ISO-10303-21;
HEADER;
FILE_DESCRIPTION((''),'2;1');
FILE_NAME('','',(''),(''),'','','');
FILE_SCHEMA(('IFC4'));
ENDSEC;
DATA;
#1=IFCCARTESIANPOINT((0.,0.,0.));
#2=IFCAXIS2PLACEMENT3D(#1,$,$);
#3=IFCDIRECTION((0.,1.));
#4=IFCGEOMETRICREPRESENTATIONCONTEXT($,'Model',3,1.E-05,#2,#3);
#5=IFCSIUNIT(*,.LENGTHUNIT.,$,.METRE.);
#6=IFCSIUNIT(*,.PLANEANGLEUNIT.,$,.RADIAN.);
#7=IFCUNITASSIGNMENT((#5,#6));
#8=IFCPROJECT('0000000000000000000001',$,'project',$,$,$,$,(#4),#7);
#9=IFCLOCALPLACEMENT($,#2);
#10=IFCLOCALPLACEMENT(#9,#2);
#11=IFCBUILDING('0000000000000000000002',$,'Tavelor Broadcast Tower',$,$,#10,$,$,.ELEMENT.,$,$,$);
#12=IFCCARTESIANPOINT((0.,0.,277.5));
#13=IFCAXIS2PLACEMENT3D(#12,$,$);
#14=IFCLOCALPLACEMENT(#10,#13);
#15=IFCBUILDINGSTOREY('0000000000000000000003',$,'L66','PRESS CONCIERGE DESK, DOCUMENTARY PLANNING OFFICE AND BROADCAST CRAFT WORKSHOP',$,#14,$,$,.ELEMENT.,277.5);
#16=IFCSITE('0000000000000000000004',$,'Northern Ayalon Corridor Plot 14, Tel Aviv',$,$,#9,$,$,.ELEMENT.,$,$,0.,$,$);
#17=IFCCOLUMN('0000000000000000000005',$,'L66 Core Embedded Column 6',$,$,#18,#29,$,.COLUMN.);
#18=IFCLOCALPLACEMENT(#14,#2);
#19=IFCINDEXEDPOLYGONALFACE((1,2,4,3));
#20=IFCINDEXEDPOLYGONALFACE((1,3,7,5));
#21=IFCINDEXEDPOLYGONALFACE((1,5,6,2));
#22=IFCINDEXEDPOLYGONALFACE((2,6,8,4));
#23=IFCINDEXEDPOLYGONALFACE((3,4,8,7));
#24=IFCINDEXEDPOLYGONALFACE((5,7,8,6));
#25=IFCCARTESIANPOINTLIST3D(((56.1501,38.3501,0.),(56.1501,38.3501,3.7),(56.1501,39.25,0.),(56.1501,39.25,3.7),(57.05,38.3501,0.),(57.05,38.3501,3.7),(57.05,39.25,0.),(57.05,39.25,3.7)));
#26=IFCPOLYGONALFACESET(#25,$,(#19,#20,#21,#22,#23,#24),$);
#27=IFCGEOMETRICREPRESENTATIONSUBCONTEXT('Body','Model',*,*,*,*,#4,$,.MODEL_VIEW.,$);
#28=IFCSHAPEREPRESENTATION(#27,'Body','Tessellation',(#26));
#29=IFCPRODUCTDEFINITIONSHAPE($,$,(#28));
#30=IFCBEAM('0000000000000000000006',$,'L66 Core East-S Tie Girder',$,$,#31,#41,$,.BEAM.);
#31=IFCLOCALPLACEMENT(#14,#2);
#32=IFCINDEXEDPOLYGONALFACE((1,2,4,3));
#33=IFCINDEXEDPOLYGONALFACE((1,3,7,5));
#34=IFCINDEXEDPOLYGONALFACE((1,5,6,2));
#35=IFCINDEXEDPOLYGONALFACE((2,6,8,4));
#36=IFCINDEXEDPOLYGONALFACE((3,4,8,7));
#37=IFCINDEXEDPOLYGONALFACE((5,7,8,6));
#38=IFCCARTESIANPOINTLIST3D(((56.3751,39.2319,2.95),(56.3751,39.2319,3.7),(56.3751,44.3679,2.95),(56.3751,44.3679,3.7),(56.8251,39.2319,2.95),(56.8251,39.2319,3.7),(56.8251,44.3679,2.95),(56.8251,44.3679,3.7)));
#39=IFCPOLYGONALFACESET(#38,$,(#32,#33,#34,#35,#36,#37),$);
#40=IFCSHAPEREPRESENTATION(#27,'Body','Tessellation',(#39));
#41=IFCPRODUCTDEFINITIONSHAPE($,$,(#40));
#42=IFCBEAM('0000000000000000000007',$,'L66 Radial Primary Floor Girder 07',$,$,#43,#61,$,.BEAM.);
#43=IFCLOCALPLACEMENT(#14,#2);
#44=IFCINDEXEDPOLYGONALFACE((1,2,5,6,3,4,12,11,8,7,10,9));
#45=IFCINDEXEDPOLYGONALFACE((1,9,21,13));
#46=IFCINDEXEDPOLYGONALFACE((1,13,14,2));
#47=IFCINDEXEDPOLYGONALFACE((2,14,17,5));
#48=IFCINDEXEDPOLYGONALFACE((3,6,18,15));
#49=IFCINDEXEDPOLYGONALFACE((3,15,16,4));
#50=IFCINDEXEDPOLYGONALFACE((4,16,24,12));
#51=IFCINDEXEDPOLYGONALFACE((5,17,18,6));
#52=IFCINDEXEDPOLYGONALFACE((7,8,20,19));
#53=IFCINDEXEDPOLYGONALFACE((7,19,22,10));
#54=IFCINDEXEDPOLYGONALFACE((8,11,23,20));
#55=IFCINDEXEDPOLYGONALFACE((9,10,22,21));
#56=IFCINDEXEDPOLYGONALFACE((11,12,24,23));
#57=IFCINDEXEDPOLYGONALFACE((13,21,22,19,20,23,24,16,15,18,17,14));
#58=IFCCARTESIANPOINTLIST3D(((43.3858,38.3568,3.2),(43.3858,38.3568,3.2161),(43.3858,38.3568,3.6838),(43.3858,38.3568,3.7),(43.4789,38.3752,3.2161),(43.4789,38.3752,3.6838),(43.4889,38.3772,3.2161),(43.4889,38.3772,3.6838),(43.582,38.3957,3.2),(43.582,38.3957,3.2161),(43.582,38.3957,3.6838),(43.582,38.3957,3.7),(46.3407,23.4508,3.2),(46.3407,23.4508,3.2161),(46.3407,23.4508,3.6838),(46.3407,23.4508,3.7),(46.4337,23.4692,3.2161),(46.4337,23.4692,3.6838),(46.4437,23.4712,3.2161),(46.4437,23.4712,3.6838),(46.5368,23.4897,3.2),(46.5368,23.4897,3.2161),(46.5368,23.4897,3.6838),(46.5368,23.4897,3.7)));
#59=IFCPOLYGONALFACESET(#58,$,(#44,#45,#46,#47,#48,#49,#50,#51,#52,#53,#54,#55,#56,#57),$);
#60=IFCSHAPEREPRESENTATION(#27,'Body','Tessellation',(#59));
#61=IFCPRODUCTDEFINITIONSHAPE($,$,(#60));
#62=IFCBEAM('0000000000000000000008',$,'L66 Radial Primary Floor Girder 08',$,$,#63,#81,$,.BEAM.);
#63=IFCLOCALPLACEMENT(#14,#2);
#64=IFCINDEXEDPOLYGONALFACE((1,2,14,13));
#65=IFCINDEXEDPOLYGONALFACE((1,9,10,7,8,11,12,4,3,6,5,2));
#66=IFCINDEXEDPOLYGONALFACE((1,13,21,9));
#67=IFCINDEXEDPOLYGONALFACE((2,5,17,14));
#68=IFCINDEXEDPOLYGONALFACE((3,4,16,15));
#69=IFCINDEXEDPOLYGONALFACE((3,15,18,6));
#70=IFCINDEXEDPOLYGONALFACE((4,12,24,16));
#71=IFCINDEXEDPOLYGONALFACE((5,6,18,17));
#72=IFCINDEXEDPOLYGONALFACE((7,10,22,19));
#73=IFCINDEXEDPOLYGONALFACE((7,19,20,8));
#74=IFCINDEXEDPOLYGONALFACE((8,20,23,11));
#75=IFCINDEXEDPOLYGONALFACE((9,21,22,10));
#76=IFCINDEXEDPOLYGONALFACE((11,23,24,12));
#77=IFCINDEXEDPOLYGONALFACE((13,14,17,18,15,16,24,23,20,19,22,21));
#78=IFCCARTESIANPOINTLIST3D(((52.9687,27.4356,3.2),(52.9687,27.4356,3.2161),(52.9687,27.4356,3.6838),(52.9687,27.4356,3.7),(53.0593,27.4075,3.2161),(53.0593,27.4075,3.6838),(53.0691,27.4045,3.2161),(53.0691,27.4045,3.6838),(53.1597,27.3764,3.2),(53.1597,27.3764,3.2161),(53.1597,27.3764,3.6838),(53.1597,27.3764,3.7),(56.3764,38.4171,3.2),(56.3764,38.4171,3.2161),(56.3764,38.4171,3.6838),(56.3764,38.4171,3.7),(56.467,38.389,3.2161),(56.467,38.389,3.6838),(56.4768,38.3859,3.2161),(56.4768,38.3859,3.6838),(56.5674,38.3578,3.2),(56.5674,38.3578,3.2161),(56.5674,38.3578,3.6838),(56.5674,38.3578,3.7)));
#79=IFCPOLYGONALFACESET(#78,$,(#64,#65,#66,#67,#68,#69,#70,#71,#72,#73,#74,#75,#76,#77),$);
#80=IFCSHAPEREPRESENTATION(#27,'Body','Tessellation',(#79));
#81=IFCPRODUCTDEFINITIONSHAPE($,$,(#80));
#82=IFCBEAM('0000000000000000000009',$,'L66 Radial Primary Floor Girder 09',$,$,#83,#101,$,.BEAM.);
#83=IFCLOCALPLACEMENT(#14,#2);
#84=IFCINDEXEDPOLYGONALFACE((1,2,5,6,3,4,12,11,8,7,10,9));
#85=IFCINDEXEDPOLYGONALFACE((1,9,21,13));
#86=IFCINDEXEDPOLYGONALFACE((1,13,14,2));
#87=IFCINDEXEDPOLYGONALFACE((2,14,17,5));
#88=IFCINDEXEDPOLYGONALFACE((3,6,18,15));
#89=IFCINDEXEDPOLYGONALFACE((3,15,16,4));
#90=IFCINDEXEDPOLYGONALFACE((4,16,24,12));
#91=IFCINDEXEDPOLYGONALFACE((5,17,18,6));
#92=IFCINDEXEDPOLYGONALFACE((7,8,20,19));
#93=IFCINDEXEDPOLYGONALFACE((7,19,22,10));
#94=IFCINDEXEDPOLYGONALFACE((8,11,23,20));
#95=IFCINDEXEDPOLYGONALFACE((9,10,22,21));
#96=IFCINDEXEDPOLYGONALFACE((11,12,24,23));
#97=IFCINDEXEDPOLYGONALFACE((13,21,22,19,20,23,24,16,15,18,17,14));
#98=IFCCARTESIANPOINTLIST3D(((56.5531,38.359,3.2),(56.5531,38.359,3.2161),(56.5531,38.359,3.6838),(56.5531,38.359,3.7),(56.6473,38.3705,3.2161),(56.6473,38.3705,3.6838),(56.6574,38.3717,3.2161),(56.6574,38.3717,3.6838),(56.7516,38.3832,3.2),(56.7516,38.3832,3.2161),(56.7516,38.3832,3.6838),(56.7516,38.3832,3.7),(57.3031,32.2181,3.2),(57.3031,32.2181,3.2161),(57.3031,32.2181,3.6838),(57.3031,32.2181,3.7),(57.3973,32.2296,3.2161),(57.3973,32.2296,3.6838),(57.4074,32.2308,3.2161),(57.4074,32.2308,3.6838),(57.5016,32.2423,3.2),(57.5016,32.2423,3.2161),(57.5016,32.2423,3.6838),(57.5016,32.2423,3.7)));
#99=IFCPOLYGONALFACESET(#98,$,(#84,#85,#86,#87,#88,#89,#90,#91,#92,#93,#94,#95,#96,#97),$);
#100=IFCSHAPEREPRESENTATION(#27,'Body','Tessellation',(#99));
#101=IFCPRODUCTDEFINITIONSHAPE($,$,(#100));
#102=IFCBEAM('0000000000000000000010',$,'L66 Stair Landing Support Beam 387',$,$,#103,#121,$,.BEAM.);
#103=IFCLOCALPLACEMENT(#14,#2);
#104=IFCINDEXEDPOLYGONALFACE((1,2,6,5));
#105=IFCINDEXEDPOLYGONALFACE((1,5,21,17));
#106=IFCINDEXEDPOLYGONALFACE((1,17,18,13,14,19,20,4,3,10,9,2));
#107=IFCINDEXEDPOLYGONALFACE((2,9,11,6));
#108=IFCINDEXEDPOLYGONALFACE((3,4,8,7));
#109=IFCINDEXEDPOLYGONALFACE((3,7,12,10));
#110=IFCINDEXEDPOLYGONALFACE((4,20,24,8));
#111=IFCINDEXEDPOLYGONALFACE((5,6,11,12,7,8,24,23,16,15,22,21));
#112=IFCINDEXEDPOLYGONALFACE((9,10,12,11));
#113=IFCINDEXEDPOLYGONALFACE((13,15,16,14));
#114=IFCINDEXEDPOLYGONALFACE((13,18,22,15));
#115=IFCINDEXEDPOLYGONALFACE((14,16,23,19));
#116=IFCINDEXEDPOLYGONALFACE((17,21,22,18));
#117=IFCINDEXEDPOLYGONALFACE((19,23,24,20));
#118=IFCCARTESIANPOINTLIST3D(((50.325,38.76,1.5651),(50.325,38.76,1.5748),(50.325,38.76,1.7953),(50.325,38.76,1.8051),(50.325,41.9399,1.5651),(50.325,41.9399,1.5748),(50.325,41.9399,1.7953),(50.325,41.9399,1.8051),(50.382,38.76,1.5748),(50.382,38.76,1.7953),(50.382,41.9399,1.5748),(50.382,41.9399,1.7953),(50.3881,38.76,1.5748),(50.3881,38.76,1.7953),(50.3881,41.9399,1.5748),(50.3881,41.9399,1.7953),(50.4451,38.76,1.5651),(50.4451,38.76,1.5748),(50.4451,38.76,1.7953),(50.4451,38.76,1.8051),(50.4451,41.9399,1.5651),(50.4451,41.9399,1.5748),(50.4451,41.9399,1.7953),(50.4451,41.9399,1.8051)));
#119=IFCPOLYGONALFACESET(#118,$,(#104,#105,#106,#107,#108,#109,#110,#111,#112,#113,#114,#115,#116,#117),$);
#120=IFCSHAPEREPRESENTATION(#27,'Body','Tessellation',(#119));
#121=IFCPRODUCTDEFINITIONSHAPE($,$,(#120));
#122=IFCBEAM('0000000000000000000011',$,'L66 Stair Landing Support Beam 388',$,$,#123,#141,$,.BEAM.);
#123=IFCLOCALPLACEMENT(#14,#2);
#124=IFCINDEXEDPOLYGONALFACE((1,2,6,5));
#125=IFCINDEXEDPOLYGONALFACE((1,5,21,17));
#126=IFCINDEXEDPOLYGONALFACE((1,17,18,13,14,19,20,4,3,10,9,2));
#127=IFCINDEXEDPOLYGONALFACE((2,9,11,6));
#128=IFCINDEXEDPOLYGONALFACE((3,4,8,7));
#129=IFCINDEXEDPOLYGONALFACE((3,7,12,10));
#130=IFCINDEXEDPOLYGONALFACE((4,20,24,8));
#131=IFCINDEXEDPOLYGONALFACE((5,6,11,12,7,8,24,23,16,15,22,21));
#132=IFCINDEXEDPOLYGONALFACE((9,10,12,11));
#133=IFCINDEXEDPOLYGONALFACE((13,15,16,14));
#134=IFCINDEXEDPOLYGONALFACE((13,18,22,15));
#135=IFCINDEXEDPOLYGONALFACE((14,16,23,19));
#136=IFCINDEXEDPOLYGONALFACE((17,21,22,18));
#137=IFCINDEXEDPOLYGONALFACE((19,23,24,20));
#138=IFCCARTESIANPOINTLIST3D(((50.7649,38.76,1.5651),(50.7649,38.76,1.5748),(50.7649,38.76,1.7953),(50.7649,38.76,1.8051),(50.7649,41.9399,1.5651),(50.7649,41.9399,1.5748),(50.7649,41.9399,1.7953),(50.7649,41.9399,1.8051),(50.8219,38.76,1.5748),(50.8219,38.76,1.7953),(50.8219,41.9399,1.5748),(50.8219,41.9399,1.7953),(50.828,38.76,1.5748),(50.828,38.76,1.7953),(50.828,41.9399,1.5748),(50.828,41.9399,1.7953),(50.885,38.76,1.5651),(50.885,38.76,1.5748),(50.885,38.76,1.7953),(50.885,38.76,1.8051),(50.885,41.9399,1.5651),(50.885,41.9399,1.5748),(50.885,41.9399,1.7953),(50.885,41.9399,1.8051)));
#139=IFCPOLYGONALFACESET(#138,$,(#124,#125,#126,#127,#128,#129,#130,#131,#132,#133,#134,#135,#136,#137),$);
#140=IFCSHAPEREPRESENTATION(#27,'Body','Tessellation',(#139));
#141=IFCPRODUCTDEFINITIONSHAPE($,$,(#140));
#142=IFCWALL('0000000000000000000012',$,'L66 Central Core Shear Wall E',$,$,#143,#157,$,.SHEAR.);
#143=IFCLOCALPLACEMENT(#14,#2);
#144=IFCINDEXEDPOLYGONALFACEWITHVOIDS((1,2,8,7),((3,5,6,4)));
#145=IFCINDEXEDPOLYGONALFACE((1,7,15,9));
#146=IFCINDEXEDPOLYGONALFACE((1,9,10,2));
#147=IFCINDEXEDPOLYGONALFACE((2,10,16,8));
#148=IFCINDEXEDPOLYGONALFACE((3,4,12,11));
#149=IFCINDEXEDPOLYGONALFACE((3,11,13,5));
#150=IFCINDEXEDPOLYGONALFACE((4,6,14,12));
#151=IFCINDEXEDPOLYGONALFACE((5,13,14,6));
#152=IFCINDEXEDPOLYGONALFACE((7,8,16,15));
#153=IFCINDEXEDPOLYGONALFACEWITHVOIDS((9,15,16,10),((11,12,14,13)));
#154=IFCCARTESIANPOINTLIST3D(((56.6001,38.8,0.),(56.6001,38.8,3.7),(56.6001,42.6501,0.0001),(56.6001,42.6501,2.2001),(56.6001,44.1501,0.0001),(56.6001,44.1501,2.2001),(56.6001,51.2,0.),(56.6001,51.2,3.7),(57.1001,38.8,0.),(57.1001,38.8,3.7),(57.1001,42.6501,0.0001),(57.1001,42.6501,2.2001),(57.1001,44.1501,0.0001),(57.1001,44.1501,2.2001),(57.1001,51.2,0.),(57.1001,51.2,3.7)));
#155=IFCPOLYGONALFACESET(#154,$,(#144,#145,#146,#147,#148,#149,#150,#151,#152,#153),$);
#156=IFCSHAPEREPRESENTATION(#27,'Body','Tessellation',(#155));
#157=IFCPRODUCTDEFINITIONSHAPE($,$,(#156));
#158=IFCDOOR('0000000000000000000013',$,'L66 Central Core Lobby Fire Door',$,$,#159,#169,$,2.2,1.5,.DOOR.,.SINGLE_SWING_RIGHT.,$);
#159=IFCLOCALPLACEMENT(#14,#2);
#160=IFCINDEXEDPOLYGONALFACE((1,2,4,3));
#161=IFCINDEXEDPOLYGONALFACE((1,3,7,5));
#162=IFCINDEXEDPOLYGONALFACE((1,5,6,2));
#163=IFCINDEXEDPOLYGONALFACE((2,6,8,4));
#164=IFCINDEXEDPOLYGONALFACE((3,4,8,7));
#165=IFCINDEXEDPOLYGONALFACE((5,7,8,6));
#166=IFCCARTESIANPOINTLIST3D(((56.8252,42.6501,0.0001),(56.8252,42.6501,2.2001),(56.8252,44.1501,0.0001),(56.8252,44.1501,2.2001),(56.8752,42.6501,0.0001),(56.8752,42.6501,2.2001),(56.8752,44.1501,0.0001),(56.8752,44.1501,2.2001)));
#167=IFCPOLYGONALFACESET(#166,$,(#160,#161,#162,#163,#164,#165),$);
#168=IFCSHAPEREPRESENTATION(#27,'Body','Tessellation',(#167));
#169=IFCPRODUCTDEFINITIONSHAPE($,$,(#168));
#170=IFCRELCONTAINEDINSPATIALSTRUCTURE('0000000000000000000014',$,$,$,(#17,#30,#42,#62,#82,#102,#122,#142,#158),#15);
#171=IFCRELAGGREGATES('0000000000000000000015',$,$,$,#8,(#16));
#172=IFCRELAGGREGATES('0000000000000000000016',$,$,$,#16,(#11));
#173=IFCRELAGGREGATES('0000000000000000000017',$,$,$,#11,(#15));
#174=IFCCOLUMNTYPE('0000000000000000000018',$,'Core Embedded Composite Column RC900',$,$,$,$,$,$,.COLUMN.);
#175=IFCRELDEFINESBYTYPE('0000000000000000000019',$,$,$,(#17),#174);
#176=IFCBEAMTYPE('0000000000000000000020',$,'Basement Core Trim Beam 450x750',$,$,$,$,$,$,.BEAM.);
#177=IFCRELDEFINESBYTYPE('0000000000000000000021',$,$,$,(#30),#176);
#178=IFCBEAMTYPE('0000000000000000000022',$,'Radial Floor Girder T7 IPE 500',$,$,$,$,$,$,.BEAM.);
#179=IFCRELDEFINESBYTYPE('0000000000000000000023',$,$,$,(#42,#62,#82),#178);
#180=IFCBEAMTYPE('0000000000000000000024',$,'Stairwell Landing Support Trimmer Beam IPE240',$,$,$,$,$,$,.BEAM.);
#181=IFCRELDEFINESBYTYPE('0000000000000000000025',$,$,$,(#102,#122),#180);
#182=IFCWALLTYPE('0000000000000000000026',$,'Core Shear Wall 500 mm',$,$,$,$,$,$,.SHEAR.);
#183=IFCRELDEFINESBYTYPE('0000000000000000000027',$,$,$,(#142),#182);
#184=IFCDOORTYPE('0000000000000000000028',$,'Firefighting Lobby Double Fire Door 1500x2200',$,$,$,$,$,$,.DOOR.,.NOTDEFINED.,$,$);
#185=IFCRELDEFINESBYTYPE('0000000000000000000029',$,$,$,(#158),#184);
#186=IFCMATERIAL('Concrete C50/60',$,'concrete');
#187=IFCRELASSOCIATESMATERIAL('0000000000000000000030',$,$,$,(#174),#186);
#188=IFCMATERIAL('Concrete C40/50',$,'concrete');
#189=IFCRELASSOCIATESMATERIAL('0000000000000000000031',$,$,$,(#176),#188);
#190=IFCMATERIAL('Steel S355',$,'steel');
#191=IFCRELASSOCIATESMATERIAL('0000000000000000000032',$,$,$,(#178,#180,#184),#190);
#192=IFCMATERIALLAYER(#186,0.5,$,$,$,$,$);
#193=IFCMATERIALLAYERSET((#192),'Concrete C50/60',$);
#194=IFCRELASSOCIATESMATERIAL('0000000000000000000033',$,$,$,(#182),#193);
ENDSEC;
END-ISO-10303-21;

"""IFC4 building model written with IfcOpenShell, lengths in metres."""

from ifc_helpers import new_model, si_unit, direction, frame, frame_2d, origin, origin_2d, place, context, subcontext, project, spatial, rectangle, i_section, extrude, material, layer, layer_set, material_profile, profile_set, type_object, element, fill, save


model = new_model("IFC4")

# Units and contexts
model_context = context("Model", 3, precision=1e-05, world=origin(), true_north=direction((0.0, 1.0)))
body_context = subcontext(model_context, "Body", "Model", "MODEL_VIEW")
ifc_project = project(units=[si_unit("LENGTHUNIT", "METRE"), si_unit("PLANEANGLEUNIT", "RADIAN")], contexts=[model_context])

# Site, building, storey
site_placement = place(None, origin())
site = spatial("IfcSite", under=ifc_project, at=site_placement, Name="Northern Ayalon Corridor Plot 14, Tel Aviv", CompositionType="ELEMENT", RefElevation=0.0)
building_placement = place(site_placement, origin())
building = spatial("IfcBuilding", under=site, at=building_placement, Name="Tavelor Broadcast Tower", CompositionType="ELEMENT")
storey_placement = place(building_placement, frame((0.0, 0.0, 277.5)))
storey = spatial("IfcBuildingStorey", under=building, at=storey_placement, Name="L66", Description="PRESS CONCIERGE DESK, DOCUMENTARY PLANNING OFFICE AND BROADCAST CRAFT WORKSHOP", CompositionType="ELEMENT", Elevation=277.5)

# Column
ifc_material_1 = material(Name="Concrete C50/60", Category="concrete")
ifc_material_profile_1 = material_profile(ifc_material_1, rectangle(XDim=0.8999, YDim=0.8999, at=origin_2d()), Name="RC 900x900")
ifc_profile_set_1 = profile_set([ifc_material_profile_1], Name="Concrete C50/60")
column_type = type_object("IfcColumnType", Name="Core Embedded Composite Column RC900", PredefinedType="COLUMN", material=ifc_profile_set_1)
column_placement = place(storey_placement, frame((56.6001, 38.8, 0.0), z_axis=(0.0, 0.0, 1.0), x_axis=(1.0, 0.0, 0.0)))
element("IfcColumn", 1, at=column_placement, inside=storey, type_object=column_type, Name="L66 Core Embedded Column 6", PredefinedType="COLUMN", context=body_context, shape_type="SweptSolid", body=[
    extrude(rectangle(XDim=0.8999, YDim=0.8999, at=origin_2d()), origin(), (0.0, 0.0, 1.0), 3.7),
])

# Beams
ifc_material_2 = material(Name="Concrete C40/50", Category="concrete")
ifc_material_profile_2 = material_profile(ifc_material_2, rectangle(XDim=0.45, YDim=0.75, at=origin_2d()), Name="RC 450x750")
ifc_profile_set_2 = profile_set([ifc_material_profile_2], Name="Concrete C40/50")
beam_type_1 = type_object("IfcBeamType", Name="Basement Core Trim Beam 450x750", PredefinedType="BEAM", material=ifc_profile_set_2)
beam_1_placement = place(storey_placement, frame((56.6001, 39.2319, 3.325), z_axis=(0.0, 1.0, 0.0), x_axis=(-1.0, 0.0, 0.0)))
element("IfcBeam", 2, at=beam_1_placement, inside=storey, type_object=beam_type_1, Name="L66 Core East-S Tie Girder", PredefinedType="BEAM", context=body_context, shape_type="SweptSolid", body=[
    extrude(rectangle(XDim=0.45, YDim=0.75, at=origin_2d()), origin(), (0.0, 0.0, 1.0), 5.136),
])
ifc_material_3 = material(Name="Steel S355", Category="steel")
ifc_material_profile_3 = material_profile(ifc_material_3, i_section(OverallWidth=0.2, OverallDepth=0.5, WebThickness=0.0103, FlangeThickness=0.0161, at=origin_2d()), Name="IPE 500")
ifc_profile_set_3 = profile_set([ifc_material_profile_3], Name="Steel S355")
beam_type_2 = type_object("IfcBeamType", Name="Radial Floor Girder T7 IPE 500", PredefinedType="BEAM", material=ifc_profile_set_3)
beam_2_placement = place(storey_placement, frame((43.4839, 38.3762, 3.45), z_axis=(0.194447, -0.980913, 0.0), x_axis=(0.980913, 0.194447, 0.0)))
element("IfcBeam", 3, at=beam_2_placement, inside=storey, type_object=beam_type_2, Name="L66 Radial Primary Floor Girder 07", PredefinedType="BEAM", context=body_context, shape_type="SweptSolid", body=[
    extrude(i_section(OverallWidth=0.2, OverallDepth=0.5, WebThickness=0.0103, FlangeThickness=0.0161, at=origin_2d()), origin(), (0.0, 0.0, 1.0), 15.196),
])
beam_3_placement = place(storey_placement, frame((56.4719, 38.3875, 3.45), z_axis=(-0.296374, -0.955072, 0.0), x_axis=(0.955072, -0.296374, 0.0)))
element("IfcBeam", 4, at=beam_3_placement, inside=storey, type_object=beam_type_2, Name="L66 Radial Primary Floor Girder 08", PredefinedType="BEAM", context=body_context, shape_type="SweptSolid", body=[
    extrude(i_section(OverallWidth=0.2, OverallDepth=0.5, WebThickness=0.0103, FlangeThickness=0.0161, at=origin_2d()), origin(), (0.0, 0.0, 1.0), 11.498),
])
beam_4_placement = place(storey_placement, frame((56.6523, 38.3711, 3.45), z_axis=(0.121232, -0.992624, 0.0), x_axis=(0.992624, 0.121232, 0.0)))
element("IfcBeam", 5, at=beam_4_placement, inside=storey, type_object=beam_type_2, Name="L66 Radial Primary Floor Girder 09", PredefinedType="BEAM", context=body_context, shape_type="SweptSolid", body=[
    extrude(i_section(OverallWidth=0.2, OverallDepth=0.5, WebThickness=0.0103, FlangeThickness=0.0161, at=origin_2d()), origin(), (0.0, 0.0, 1.0), 6.1865),
])
ifc_material_profile_4 = material_profile(ifc_material_3, i_section(OverallWidth=0.1201, OverallDepth=0.24, WebThickness=0.0061, FlangeThickness=0.0098, at=origin_2d()), Name="IPE 240")
ifc_profile_set_4 = profile_set([ifc_material_profile_4], Name="Steel S355")
beam_type_3 = type_object("IfcBeamType", Name="Stairwell Landing Support Trimmer Beam IPE240", PredefinedType="BEAM", material=ifc_profile_set_4)
for number, where, z_axis, x_axis, name in (
    (6, (50.385, 38.76, 1.6851), (0.0, 1.0, 0.0), (-1.0, 0.0, 0.0), "L66 Stair Landing Support Beam 387"),
    (7, (50.825, 38.76, 1.6851), (0.0, 1.0, 0.0), (-1.0, 0.0, 0.0), "L66 Stair Landing Support Beam 388"),
):
    element("IfcBeam", number, at=place(storey_placement, frame(where, z_axis=z_axis, x_axis=x_axis)), inside=storey, type_object=beam_type_3, Name=name, PredefinedType="BEAM", context=body_context, shape_type="SweptSolid", body=[
        extrude(i_section(OverallWidth=0.1201, OverallDepth=0.24, WebThickness=0.0061, FlangeThickness=0.0098, at=origin_2d()), origin(), (0.0, 0.0, 1.0), 3.1799),
    ])

# Wall, opening, door
ifc_layer_1 = layer(ifc_material_1, 0.5)
ifc_layer_set_1 = layer_set([ifc_layer_1], Name="Concrete C50/60")
wall_type_1 = type_object("IfcWallType", Name="Core Shear Wall 500 mm", PredefinedType="SHEAR", material=ifc_layer_set_1)
wall_1_placement = place(storey_placement, frame((56.8501, 38.8, 0.0), z_axis=(0.0, 0.0, 1.0), x_axis=(0.0, 1.0, 0.0)))
wall_1 = element("IfcWall", 8, at=wall_1_placement, inside=storey, type_object=wall_type_1, Name="L66 Central Core Shear Wall E", PredefinedType="SHEAR", context=body_context, shape_type="SweptSolid", body=[
    extrude(rectangle(XDim=12.3999, YDim=0.5, at=frame_2d((6.2, 0.0))), origin(), (0.0, 0.0, 1.0), 3.7),
])
opening_1_placement = place(wall_1_placement, frame((3.8501, 0.0, 0.0)))
opening_1 = element("IfcOpeningElement", 9, at=opening_1_placement, cuts=wall_1, PredefinedType="OPENING", context=body_context, shape_type="SweptSolid", body=[
    extrude(rectangle(XDim=1.5, YDim=2.2, at=frame_2d((0.75, 1.1001))), frame((0.0, 0.26, 0.0), z_axis=(0.0, -1.0, 0.0), x_axis=(1.0, 0.0, 0.0)), (0.0, 0.0, 1.0), 0.52),
])
door_type_1 = type_object("IfcDoorType", Name="Firefighting Lobby Double Fire Door 1500x2200", OperationType="NOTDEFINED", PredefinedType="DOOR", material=ifc_material_3)
door_1_placement = place(opening_1_placement, origin())
door_1 = element("IfcDoor", 10, at=door_1_placement, inside=storey, type_object=door_type_1, Name="L66 Central Core Lobby Fire Door", OperationType="SINGLE_SWING_RIGHT", OverallHeight=2.2, OverallWidth=1.5, PredefinedType="DOOR", context=body_context, shape_type="SweptSolid", body=[
    extrude(rectangle(XDim=1.5, YDim=2.2, at=frame_2d((0.75, 1.1001))), frame((0.0, 0.0249, 0.0), z_axis=(0.0, -1.0, 0.0), x_axis=(1.0, 0.0, 0.0)), (0.0, 0.0, 1.0), 0.05),
])
fill(opening_1, door_1)

save(model, "model.ifc")
